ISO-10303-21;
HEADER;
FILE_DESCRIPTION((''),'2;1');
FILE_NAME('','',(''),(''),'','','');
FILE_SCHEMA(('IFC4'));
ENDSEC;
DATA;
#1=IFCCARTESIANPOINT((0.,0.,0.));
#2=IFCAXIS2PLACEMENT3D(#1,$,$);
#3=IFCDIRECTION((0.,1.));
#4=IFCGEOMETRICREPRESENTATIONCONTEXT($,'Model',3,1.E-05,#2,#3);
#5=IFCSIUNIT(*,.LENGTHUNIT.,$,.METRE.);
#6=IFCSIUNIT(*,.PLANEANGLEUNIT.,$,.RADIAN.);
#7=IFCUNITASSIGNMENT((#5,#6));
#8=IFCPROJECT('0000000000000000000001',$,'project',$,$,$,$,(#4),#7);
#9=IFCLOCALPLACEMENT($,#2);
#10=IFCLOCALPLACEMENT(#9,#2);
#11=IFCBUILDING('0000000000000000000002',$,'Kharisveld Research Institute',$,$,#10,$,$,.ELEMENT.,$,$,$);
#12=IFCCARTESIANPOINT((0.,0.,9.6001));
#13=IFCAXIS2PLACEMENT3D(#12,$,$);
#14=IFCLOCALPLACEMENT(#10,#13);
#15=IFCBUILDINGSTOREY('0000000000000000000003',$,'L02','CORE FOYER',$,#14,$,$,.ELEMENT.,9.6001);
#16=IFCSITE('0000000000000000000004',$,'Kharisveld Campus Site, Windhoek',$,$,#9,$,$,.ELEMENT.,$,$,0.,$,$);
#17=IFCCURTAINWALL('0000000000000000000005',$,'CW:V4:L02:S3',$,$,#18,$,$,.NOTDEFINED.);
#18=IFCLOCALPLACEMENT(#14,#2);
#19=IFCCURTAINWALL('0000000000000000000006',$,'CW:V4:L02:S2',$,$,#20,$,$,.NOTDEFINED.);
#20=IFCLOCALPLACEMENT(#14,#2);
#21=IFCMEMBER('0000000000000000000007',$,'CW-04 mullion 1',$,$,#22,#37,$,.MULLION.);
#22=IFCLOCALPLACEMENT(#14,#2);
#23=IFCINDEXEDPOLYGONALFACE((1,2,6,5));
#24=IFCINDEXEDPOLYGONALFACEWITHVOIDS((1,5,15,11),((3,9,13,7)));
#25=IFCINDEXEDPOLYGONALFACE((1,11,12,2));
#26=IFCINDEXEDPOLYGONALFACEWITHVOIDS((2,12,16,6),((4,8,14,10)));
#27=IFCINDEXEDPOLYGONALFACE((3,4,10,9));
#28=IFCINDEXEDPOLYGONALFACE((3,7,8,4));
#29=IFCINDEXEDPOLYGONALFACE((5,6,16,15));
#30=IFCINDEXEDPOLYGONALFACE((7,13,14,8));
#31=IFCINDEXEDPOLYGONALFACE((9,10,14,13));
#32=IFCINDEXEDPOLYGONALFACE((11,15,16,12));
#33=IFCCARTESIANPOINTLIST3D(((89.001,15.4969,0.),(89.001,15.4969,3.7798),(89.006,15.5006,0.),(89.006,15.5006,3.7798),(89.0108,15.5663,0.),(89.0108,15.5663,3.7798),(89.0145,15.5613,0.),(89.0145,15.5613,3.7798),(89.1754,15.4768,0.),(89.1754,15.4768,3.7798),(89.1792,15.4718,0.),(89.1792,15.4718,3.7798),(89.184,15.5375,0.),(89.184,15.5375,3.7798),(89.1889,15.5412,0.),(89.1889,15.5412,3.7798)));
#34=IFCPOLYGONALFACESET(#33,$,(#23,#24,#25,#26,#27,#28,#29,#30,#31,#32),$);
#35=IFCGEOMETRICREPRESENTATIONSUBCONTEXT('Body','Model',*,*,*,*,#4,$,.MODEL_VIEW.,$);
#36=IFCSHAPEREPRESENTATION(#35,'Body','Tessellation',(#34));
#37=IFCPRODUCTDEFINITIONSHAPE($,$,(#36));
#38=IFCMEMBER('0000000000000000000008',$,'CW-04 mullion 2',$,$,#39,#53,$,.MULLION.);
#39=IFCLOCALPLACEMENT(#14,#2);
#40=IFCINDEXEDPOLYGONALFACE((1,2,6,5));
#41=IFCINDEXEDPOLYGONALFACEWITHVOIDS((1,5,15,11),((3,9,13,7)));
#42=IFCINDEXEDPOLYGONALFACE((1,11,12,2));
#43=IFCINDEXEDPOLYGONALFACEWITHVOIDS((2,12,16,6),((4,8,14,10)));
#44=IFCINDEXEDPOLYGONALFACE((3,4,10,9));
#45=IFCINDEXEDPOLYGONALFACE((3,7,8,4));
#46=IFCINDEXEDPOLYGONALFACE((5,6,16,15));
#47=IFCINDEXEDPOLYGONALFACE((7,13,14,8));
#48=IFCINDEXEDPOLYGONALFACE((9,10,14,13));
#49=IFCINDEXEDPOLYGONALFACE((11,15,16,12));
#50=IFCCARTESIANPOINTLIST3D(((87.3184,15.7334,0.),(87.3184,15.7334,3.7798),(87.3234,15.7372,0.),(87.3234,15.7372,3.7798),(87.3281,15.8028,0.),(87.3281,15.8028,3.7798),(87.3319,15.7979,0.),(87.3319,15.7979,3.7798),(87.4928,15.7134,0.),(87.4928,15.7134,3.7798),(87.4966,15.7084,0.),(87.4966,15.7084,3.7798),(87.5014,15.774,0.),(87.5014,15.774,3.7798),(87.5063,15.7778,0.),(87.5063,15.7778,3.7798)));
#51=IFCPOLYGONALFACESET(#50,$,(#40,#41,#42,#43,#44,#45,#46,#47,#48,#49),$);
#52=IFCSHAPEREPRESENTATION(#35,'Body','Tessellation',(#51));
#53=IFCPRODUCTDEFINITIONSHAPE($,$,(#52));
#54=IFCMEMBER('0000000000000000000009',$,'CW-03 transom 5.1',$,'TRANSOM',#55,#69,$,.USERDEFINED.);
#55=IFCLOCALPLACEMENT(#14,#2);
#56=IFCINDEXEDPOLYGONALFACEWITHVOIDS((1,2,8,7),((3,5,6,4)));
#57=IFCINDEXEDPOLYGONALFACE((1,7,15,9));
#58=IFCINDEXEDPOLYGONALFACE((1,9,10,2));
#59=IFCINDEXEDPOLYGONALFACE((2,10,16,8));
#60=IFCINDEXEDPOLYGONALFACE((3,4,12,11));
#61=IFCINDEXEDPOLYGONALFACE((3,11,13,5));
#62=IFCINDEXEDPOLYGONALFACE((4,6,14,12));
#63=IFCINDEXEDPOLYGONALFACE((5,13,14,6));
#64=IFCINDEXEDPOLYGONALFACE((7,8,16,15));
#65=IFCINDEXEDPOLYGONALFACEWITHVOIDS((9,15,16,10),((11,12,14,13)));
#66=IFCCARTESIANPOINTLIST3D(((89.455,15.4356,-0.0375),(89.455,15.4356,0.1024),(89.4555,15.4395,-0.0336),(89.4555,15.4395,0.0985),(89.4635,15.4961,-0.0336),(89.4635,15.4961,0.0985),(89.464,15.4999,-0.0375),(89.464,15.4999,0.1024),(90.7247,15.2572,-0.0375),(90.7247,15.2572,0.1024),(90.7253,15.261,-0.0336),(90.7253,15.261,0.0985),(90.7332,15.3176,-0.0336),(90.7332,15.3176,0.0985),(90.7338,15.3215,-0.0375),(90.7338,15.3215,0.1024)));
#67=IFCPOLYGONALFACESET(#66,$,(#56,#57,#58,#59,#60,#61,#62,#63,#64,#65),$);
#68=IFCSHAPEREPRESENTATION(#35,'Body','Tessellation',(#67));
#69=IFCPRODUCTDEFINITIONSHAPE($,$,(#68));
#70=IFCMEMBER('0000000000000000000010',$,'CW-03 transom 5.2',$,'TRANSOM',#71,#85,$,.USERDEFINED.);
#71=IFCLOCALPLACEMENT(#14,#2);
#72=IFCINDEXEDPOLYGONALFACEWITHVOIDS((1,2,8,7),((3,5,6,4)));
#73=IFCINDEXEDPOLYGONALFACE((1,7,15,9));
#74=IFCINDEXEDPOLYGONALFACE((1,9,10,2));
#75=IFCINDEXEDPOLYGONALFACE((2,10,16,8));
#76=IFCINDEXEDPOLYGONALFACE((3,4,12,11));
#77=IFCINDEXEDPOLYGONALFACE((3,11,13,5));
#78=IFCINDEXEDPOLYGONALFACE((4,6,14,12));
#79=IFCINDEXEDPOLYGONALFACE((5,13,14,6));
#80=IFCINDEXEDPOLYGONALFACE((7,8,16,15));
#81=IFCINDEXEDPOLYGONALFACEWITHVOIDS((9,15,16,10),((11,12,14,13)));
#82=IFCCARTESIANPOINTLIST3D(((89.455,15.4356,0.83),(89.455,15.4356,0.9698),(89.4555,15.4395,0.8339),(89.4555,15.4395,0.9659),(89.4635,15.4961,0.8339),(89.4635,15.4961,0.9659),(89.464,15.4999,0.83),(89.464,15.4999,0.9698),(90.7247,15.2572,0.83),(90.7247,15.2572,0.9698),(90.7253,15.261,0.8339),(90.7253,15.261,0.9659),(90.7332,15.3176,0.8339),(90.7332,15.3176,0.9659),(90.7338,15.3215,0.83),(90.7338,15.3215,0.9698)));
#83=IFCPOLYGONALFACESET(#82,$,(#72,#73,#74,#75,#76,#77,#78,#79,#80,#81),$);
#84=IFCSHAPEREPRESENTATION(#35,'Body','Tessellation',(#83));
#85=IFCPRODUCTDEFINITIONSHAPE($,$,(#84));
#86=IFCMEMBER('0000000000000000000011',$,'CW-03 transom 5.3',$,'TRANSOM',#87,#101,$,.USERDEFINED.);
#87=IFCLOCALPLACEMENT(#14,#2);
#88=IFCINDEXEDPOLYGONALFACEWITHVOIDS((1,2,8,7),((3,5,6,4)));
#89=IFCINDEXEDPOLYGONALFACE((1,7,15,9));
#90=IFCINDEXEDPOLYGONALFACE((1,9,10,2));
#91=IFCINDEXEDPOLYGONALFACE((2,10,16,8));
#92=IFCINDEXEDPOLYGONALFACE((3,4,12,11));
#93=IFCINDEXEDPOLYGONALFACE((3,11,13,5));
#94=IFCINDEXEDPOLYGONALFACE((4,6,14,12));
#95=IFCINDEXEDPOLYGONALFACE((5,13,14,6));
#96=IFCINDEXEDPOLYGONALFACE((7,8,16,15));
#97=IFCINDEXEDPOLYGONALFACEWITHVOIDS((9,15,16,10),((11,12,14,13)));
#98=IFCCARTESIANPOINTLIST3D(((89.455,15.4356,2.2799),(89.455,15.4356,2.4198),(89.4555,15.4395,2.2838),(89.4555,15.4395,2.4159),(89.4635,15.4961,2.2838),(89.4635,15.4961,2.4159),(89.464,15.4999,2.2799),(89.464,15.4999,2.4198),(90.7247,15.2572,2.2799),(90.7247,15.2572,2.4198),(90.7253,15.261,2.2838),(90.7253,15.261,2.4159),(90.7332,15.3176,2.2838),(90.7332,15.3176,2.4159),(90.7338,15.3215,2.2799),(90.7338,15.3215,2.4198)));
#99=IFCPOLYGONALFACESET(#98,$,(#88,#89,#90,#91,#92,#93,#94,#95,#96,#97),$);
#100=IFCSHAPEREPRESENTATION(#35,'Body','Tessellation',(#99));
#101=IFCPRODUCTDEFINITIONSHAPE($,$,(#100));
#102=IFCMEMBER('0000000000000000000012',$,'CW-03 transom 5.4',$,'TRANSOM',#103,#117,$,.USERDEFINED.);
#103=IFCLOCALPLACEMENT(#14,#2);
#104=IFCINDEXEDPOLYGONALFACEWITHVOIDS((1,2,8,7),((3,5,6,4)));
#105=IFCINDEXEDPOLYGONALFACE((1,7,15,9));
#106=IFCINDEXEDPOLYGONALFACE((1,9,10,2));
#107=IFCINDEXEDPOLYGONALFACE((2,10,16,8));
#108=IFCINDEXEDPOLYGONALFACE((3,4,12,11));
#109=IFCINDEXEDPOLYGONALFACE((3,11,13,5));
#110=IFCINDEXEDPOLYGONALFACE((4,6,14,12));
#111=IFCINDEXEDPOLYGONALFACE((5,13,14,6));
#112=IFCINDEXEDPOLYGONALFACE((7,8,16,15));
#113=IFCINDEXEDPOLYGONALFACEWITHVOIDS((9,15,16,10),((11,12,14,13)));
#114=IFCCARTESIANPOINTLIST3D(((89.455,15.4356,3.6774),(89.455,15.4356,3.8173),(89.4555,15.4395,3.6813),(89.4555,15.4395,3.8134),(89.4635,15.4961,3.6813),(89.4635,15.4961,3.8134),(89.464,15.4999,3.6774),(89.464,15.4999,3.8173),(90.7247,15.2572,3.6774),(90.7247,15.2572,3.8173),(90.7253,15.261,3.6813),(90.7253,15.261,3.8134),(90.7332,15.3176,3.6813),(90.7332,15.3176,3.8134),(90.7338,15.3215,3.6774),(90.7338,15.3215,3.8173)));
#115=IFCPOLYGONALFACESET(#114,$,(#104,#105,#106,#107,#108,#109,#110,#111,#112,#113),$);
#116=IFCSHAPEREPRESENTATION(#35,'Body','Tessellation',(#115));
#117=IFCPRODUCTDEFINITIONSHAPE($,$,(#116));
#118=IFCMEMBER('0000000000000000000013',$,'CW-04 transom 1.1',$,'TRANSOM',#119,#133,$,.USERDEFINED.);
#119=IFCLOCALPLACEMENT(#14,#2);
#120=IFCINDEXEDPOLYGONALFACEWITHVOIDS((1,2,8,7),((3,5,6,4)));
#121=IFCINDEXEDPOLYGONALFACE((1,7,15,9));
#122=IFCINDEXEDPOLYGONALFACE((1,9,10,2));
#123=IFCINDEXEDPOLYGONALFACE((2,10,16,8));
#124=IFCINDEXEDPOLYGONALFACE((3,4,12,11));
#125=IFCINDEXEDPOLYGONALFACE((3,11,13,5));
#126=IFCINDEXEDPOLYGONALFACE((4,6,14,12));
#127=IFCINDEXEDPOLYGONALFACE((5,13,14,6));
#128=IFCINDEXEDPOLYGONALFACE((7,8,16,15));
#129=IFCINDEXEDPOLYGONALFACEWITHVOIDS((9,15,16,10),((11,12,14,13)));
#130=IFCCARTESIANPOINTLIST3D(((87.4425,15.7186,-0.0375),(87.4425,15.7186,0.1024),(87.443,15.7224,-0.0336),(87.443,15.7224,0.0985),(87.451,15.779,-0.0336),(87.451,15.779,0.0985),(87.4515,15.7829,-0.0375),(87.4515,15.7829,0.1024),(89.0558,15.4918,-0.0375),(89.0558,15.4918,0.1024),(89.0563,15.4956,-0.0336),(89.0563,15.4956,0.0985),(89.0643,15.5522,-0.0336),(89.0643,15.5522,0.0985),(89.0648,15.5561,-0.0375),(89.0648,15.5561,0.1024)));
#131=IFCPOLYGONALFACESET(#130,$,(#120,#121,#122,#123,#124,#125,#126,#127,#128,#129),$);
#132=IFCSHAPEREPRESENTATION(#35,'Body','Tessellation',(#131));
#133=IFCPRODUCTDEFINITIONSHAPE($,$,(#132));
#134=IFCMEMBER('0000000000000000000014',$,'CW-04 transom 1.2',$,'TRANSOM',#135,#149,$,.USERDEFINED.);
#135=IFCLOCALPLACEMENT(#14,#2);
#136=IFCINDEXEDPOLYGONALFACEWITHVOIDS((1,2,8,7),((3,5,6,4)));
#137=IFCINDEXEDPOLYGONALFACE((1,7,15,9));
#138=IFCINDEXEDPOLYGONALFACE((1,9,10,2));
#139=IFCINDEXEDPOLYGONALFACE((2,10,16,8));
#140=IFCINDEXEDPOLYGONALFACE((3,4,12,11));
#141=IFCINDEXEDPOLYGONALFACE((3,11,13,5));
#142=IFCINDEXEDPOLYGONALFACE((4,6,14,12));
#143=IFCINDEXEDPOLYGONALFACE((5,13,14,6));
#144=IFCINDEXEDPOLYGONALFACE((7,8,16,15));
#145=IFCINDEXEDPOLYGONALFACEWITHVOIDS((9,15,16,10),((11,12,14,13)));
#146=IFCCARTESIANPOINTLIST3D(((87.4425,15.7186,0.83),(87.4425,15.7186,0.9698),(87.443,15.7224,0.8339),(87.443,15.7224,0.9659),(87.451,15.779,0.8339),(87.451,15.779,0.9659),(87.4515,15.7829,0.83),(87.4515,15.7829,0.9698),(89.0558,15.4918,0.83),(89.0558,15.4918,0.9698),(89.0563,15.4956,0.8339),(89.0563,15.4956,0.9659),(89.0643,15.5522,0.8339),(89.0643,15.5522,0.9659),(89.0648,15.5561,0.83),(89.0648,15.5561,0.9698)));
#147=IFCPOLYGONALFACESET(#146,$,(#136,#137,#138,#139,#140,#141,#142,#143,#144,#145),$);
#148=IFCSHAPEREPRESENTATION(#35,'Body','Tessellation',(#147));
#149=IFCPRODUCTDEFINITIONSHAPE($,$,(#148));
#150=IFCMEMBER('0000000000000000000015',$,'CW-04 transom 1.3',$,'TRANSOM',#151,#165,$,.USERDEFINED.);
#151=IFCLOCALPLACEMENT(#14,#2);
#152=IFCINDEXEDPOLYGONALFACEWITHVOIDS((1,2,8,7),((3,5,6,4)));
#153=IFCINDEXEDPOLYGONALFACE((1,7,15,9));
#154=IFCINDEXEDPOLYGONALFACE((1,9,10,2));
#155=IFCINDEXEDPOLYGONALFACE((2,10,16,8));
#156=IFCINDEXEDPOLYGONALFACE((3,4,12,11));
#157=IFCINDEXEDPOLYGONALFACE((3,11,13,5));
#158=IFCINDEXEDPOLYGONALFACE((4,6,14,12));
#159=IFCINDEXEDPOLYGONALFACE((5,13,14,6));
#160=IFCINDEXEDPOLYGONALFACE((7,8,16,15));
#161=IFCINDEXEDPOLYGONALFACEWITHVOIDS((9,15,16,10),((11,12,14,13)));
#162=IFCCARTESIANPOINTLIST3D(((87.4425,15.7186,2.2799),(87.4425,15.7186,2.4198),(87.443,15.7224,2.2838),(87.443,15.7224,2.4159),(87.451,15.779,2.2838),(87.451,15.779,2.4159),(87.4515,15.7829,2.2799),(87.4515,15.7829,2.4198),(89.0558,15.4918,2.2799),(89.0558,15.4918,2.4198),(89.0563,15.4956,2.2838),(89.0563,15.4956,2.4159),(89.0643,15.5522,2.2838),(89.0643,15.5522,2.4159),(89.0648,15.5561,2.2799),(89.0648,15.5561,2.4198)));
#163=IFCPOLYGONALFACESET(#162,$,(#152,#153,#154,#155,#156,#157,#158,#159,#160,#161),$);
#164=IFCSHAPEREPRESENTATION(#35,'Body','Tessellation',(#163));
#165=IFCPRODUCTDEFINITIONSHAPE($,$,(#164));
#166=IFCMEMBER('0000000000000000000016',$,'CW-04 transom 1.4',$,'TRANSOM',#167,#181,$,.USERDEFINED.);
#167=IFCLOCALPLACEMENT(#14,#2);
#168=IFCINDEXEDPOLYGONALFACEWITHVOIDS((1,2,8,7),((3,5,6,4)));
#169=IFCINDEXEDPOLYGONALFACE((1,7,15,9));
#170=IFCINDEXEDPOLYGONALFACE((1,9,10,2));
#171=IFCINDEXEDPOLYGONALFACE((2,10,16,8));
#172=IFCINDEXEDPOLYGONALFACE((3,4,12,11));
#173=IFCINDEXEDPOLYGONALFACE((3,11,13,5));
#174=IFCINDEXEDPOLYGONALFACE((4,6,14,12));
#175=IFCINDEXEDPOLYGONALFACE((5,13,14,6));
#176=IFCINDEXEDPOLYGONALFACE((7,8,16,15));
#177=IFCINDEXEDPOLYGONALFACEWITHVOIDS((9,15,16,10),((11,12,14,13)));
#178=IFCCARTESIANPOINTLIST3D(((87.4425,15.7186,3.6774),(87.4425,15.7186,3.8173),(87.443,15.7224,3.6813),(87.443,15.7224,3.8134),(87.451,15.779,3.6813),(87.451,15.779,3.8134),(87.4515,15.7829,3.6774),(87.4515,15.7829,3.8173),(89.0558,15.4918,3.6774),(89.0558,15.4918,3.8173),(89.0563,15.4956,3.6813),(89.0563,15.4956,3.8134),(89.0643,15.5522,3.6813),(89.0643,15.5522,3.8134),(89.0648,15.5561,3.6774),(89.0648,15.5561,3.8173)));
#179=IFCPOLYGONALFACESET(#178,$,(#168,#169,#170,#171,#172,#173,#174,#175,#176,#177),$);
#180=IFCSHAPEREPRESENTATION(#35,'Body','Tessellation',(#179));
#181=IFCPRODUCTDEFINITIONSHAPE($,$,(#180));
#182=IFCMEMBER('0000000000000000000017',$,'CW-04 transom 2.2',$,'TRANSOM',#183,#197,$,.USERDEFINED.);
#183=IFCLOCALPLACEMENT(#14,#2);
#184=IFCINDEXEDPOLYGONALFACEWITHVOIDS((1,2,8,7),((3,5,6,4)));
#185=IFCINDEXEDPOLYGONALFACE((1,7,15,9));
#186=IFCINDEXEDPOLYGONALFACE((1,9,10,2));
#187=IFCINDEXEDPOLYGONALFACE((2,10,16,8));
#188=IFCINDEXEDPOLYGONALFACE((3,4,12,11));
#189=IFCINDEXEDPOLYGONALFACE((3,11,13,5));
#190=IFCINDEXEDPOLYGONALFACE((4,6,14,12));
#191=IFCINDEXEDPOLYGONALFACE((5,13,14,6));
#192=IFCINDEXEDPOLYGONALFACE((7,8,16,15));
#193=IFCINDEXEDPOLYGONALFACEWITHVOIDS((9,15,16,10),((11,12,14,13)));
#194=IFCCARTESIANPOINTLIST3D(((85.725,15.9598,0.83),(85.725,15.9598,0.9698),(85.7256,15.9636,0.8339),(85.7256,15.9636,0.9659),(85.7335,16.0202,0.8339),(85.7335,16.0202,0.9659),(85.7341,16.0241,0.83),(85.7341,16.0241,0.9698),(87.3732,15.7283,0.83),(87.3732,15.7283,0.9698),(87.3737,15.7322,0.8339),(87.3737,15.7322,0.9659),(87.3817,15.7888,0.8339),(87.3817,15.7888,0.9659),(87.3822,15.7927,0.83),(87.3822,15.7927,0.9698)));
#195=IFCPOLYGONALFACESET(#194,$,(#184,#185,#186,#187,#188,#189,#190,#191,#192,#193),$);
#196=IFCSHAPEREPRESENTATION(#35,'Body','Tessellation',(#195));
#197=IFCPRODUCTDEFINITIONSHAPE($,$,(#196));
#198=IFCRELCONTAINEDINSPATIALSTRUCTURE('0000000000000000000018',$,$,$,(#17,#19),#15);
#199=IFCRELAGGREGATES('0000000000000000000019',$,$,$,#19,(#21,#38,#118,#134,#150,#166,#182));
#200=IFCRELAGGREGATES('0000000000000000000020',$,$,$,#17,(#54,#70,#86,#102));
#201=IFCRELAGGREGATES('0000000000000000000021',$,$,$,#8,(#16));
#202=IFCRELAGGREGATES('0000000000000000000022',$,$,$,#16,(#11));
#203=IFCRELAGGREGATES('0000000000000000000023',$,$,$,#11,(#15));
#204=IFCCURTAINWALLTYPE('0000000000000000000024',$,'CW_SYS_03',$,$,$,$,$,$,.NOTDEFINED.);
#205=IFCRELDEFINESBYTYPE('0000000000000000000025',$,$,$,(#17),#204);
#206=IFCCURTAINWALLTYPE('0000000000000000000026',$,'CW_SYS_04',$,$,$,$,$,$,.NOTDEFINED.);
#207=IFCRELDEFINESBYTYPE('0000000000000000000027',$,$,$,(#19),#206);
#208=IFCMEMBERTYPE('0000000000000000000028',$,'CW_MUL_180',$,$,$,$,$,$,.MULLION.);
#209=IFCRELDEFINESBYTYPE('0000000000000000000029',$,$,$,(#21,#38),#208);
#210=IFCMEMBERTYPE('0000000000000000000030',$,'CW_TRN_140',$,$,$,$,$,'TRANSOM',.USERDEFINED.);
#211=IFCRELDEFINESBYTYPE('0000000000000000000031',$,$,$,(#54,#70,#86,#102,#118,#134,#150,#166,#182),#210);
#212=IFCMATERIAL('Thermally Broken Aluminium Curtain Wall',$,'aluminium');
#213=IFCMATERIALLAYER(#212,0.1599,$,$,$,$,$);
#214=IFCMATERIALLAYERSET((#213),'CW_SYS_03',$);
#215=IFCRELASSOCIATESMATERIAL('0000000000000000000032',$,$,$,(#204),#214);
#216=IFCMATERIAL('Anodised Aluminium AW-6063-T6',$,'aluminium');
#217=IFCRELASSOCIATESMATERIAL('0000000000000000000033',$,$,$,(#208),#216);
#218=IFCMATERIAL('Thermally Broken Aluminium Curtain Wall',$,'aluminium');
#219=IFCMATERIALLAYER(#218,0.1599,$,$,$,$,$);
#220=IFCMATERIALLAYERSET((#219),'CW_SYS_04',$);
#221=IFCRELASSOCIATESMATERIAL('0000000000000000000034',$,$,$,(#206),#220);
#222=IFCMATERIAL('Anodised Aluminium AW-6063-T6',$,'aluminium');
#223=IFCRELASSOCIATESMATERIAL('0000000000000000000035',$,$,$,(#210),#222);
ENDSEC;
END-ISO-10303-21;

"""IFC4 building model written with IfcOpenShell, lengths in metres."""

from ifc_helpers import new_model, si_unit, direction, frame, origin, origin_2d, place, context, subcontext, project, spatial, hollow_rectangle, extrude, material, layer, layer_set, material_profile, profile_set, type_object, element, aggregate, save


model = new_model("IFC4")

# Units and contexts
model_context = context("Model", 3, precision=1e-05, world=origin(), true_north=direction((0.0, 1.0)))
body_context = subcontext(model_context, "Body", "Model", "MODEL_VIEW")
ifc_project = project(units=[si_unit("LENGTHUNIT", "METRE"), si_unit("PLANEANGLEUNIT", "RADIAN")], contexts=[model_context])

# Site, building, storey
site_placement = place(None, origin())
site = spatial("IfcSite", under=ifc_project, at=site_placement, Name="Kharisveld Campus Site, Windhoek", CompositionType="ELEMENT", RefElevation=0.0)
building_placement = place(site_placement, origin())
building = spatial("IfcBuilding", under=site, at=building_placement, Name="Kharisveld Research Institute", CompositionType="ELEMENT")
storey_placement = place(building_placement, frame((0.0, 0.0, 9.6001)))
storey = spatial("IfcBuildingStorey", under=building, at=storey_placement, Name="L02", Description="CORE FOYER", CompositionType="ELEMENT", Elevation=9.6001)

# Curtain walls, members
ifc_material_1 = material(Name="Thermally Broken Aluminium Curtain Wall", Category="aluminium")
ifc_layer_1 = layer(ifc_material_1, 0.1599)
ifc_layer_set_1 = layer_set([ifc_layer_1], Name="CW_SYS_03")
curtain_wall_type_1 = type_object("IfcCurtainWallType", Name="CW_SYS_03", PredefinedType="NOTDEFINED", material=ifc_layer_set_1)
curtain_wall_1_placement = place(storey_placement, origin())
curtain_wall_1 = element("IfcCurtainWall", 1, at=curtain_wall_1_placement, inside=storey, type_object=curtain_wall_type_1, Name="CW:V4:L02:S3", PredefinedType="NOTDEFINED")
ifc_material_2 = material(Name="Anodised Aluminium AW-6063-T6", Category="aluminium")
ifc_material_profile_1 = material_profile(ifc_material_2, hollow_rectangle(XDim=0.0701, YDim=0.1799, WallThickness=0.0044, at=origin_2d()))
ifc_profile_set_1 = profile_set([ifc_material_profile_1], Name="Anodised Aluminium AW-6063-T6")
member_type_1 = type_object("IfcMemberType", Name="CW_MUL_180", PredefinedType="MULLION", material=ifc_profile_set_1)
ifc_material_3 = material(Name="Thermally Broken Aluminium Curtain Wall", Category="aluminium")
ifc_layer_2 = layer(ifc_material_3, 0.1599)
ifc_layer_set_2 = layer_set([ifc_layer_2], Name="CW_SYS_04")
curtain_wall_type_2 = type_object("IfcCurtainWallType", Name="CW_SYS_04", PredefinedType="NOTDEFINED", material=ifc_layer_set_2)
curtain_wall_2_placement = place(storey_placement, origin())
curtain_wall_2 = element("IfcCurtainWall", 2, at=curtain_wall_2_placement, inside=storey, type_object=curtain_wall_type_2, Name="CW:V4:L02:S2", PredefinedType="NOTDEFINED")
member_1_placement = place(storey_placement, frame((89.095, 15.519, 0.0), z_axis=(0.0, 0.0, 1.0), x_axis=(-0.139173, -0.990268, 0.0)))
member_1 = element("IfcMember", 3, at=member_1_placement, type_object=member_type_1, Name="CW-04 mullion 1", PredefinedType="MULLION", context=body_context, shape_type="SweptSolid", body=[
    extrude(hollow_rectangle(XDim=0.0701, YDim=0.1799, WallThickness=0.0044, at=origin_2d()), origin(), (0.0, 0.0, 1.0), 3.7798),
])
member_2_placement = place(storey_placement, frame((87.4124, 15.7556, 0.0), z_axis=(0.0, 0.0, 1.0), x_axis=(-0.139173, -0.990268, 0.0)))
member_2 = element("IfcMember", 4, at=member_2_placement, type_object=member_type_1, Name="CW-04 mullion 2", PredefinedType="MULLION", context=body_context, shape_type="SweptSolid", body=[
    extrude(hollow_rectangle(XDim=0.0701, YDim=0.1799, WallThickness=0.0044, at=origin_2d()), origin(), (0.0, 0.0, 1.0), 3.7798),
])

# Members
ifc_material_4 = material(Name="Anodised Aluminium AW-6063-T6", Category="aluminium")
ifc_material_profile_2 = material_profile(ifc_material_4, hollow_rectangle(XDim=0.0649, YDim=0.1399, WallThickness=0.0039, at=origin_2d()))
ifc_profile_set_2 = profile_set([ifc_material_profile_2], Name="Anodised Aluminium AW-6063-T6")
member_type_2 = type_object("IfcMemberType", Name="CW_TRN_140", ElementType="TRANSOM", PredefinedType="USERDEFINED", material=ifc_profile_set_2)
member_3_placement = place(storey_placement, frame((90.7292, 15.2893, 0.0325), z_axis=(-0.990267, 0.139182, 0.0), x_axis=(-0.139182, -0.990267, 0.0)))
member_3 = element("IfcMember", 5, at=member_3_placement, type_object=member_type_2, Name="CW-03 transom 5.1", ObjectType="TRANSOM", PredefinedType="USERDEFINED", context=body_context, shape_type="SweptSolid", body=[
    extrude(hollow_rectangle(XDim=0.0649, YDim=0.1399, WallThickness=0.0039, at=origin_2d()), origin(), (0.0, 0.0, 1.0), 1.2822),
])
member_4_placement = place(storey_placement, frame((90.7292, 15.2893, 0.8999), z_axis=(-0.990267, 0.139182, 0.0), x_axis=(-0.139182, -0.990267, 0.0)))
member_4 = element("IfcMember", 6, at=member_4_placement, type_object=member_type_2, Name="CW-03 transom 5.2", ObjectType="TRANSOM", PredefinedType="USERDEFINED", context=body_context, shape_type="SweptSolid", body=[
    extrude(hollow_rectangle(XDim=0.0649, YDim=0.1399, WallThickness=0.0039, at=origin_2d()), origin(), (0.0, 0.0, 1.0), 1.2822),
])
member_5_placement = place(storey_placement, frame((90.7292, 15.2893, 2.3499), z_axis=(-0.990267, 0.139182, 0.0), x_axis=(-0.139182, -0.990267, 0.0)))
member_5 = element("IfcMember", 7, at=member_5_placement, type_object=member_type_2, Name="CW-03 transom 5.3", ObjectType="TRANSOM", PredefinedType="USERDEFINED", context=body_context, shape_type="SweptSolid", body=[
    extrude(hollow_rectangle(XDim=0.0649, YDim=0.1399, WallThickness=0.0039, at=origin_2d()), origin(), (0.0, 0.0, 1.0), 1.2822),
])
member_6_placement = place(storey_placement, frame((90.7292, 15.2893, 3.7473), z_axis=(-0.990267, 0.139182, 0.0), x_axis=(-0.139182, -0.990267, 0.0)))
member_6 = element("IfcMember", 8, at=member_6_placement, type_object=member_type_2, Name="CW-03 transom 5.4", ObjectType="TRANSOM", PredefinedType="USERDEFINED", context=body_context, shape_type="SweptSolid", body=[
    extrude(hollow_rectangle(XDim=0.0649, YDim=0.1399, WallThickness=0.0039, at=origin_2d()), origin(), (0.0, 0.0, 1.0), 1.2822),
])
member_7_placement = place(storey_placement, frame((89.0603, 15.5239, 0.0325), z_axis=(-0.990262, 0.139218, 0.0), x_axis=(-0.139218, -0.990262, 0.0)))
member_7 = element("IfcMember", 9, at=member_7_placement, type_object=member_type_2, Name="CW-04 transom 1.1", ObjectType="TRANSOM", PredefinedType="USERDEFINED", context=body_context, shape_type="SweptSolid", body=[
    extrude(hollow_rectangle(XDim=0.0649, YDim=0.1399, WallThickness=0.0039, at=origin_2d()), origin(), (0.0, 0.0, 1.0), 1.6292),
])
member_8_placement = place(storey_placement, frame((89.0603, 15.5239, 0.8999), z_axis=(-0.990262, 0.139218, 0.0), x_axis=(-0.139218, -0.990262, 0.0)))
member_8 = element("IfcMember", 10, at=member_8_placement, type_object=member_type_2, Name="CW-04 transom 1.2", ObjectType="TRANSOM", PredefinedType="USERDEFINED", context=body_context, shape_type="SweptSolid", body=[
    extrude(hollow_rectangle(XDim=0.0649, YDim=0.1399, WallThickness=0.0039, at=origin_2d()), origin(), (0.0, 0.0, 1.0), 1.6292),
])
member_9_placement = place(storey_placement, frame((89.0603, 15.5239, 2.3499), z_axis=(-0.990262, 0.139218, 0.0), x_axis=(-0.139218, -0.990262, 0.0)))
member_9 = element("IfcMember", 11, at=member_9_placement, type_object=member_type_2, Name="CW-04 transom 1.3", ObjectType="TRANSOM", PredefinedType="USERDEFINED", context=body_context, shape_type="SweptSolid", body=[
    extrude(hollow_rectangle(XDim=0.0649, YDim=0.1399, WallThickness=0.0039, at=origin_2d()), origin(), (0.0, 0.0, 1.0), 1.6292),
])
member_10_placement = place(storey_placement, frame((89.0603, 15.5239, 3.7473), z_axis=(-0.990262, 0.139218, 0.0), x_axis=(-0.139218, -0.990262, 0.0)))
member_10 = element("IfcMember", 12, at=member_10_placement, type_object=member_type_2, Name="CW-04 transom 1.4", ObjectType="TRANSOM", PredefinedType="USERDEFINED", context=body_context, shape_type="SweptSolid", body=[
    extrude(hollow_rectangle(XDim=0.0649, YDim=0.1399, WallThickness=0.0039, at=origin_2d()), origin(), (0.0, 0.0, 1.0), 1.6292),
])
member_11_placement = place(storey_placement, frame((87.3777, 15.7605, 0.8999), z_axis=(-0.990284, 0.139059, 0.0), x_axis=(-0.139059, -0.990284, 0.0)))
member_11 = element("IfcMember", 13, at=member_11_placement, type_object=member_type_2, Name="CW-04 transom 2.2", ObjectType="TRANSOM", PredefinedType="USERDEFINED", context=body_context, shape_type="SweptSolid", body=[
    extrude(hollow_rectangle(XDim=0.0649, YDim=0.1399, WallThickness=0.0039, at=origin_2d()), origin(), (0.0, 0.0, 1.0), 1.6643),
])

aggregate(curtain_wall_2, [member_1, member_2, member_7, member_8, member_9, member_10, member_11])
aggregate(curtain_wall_1, [member_3, member_4, member_5, member_6])

save(model, "model.ifc")
